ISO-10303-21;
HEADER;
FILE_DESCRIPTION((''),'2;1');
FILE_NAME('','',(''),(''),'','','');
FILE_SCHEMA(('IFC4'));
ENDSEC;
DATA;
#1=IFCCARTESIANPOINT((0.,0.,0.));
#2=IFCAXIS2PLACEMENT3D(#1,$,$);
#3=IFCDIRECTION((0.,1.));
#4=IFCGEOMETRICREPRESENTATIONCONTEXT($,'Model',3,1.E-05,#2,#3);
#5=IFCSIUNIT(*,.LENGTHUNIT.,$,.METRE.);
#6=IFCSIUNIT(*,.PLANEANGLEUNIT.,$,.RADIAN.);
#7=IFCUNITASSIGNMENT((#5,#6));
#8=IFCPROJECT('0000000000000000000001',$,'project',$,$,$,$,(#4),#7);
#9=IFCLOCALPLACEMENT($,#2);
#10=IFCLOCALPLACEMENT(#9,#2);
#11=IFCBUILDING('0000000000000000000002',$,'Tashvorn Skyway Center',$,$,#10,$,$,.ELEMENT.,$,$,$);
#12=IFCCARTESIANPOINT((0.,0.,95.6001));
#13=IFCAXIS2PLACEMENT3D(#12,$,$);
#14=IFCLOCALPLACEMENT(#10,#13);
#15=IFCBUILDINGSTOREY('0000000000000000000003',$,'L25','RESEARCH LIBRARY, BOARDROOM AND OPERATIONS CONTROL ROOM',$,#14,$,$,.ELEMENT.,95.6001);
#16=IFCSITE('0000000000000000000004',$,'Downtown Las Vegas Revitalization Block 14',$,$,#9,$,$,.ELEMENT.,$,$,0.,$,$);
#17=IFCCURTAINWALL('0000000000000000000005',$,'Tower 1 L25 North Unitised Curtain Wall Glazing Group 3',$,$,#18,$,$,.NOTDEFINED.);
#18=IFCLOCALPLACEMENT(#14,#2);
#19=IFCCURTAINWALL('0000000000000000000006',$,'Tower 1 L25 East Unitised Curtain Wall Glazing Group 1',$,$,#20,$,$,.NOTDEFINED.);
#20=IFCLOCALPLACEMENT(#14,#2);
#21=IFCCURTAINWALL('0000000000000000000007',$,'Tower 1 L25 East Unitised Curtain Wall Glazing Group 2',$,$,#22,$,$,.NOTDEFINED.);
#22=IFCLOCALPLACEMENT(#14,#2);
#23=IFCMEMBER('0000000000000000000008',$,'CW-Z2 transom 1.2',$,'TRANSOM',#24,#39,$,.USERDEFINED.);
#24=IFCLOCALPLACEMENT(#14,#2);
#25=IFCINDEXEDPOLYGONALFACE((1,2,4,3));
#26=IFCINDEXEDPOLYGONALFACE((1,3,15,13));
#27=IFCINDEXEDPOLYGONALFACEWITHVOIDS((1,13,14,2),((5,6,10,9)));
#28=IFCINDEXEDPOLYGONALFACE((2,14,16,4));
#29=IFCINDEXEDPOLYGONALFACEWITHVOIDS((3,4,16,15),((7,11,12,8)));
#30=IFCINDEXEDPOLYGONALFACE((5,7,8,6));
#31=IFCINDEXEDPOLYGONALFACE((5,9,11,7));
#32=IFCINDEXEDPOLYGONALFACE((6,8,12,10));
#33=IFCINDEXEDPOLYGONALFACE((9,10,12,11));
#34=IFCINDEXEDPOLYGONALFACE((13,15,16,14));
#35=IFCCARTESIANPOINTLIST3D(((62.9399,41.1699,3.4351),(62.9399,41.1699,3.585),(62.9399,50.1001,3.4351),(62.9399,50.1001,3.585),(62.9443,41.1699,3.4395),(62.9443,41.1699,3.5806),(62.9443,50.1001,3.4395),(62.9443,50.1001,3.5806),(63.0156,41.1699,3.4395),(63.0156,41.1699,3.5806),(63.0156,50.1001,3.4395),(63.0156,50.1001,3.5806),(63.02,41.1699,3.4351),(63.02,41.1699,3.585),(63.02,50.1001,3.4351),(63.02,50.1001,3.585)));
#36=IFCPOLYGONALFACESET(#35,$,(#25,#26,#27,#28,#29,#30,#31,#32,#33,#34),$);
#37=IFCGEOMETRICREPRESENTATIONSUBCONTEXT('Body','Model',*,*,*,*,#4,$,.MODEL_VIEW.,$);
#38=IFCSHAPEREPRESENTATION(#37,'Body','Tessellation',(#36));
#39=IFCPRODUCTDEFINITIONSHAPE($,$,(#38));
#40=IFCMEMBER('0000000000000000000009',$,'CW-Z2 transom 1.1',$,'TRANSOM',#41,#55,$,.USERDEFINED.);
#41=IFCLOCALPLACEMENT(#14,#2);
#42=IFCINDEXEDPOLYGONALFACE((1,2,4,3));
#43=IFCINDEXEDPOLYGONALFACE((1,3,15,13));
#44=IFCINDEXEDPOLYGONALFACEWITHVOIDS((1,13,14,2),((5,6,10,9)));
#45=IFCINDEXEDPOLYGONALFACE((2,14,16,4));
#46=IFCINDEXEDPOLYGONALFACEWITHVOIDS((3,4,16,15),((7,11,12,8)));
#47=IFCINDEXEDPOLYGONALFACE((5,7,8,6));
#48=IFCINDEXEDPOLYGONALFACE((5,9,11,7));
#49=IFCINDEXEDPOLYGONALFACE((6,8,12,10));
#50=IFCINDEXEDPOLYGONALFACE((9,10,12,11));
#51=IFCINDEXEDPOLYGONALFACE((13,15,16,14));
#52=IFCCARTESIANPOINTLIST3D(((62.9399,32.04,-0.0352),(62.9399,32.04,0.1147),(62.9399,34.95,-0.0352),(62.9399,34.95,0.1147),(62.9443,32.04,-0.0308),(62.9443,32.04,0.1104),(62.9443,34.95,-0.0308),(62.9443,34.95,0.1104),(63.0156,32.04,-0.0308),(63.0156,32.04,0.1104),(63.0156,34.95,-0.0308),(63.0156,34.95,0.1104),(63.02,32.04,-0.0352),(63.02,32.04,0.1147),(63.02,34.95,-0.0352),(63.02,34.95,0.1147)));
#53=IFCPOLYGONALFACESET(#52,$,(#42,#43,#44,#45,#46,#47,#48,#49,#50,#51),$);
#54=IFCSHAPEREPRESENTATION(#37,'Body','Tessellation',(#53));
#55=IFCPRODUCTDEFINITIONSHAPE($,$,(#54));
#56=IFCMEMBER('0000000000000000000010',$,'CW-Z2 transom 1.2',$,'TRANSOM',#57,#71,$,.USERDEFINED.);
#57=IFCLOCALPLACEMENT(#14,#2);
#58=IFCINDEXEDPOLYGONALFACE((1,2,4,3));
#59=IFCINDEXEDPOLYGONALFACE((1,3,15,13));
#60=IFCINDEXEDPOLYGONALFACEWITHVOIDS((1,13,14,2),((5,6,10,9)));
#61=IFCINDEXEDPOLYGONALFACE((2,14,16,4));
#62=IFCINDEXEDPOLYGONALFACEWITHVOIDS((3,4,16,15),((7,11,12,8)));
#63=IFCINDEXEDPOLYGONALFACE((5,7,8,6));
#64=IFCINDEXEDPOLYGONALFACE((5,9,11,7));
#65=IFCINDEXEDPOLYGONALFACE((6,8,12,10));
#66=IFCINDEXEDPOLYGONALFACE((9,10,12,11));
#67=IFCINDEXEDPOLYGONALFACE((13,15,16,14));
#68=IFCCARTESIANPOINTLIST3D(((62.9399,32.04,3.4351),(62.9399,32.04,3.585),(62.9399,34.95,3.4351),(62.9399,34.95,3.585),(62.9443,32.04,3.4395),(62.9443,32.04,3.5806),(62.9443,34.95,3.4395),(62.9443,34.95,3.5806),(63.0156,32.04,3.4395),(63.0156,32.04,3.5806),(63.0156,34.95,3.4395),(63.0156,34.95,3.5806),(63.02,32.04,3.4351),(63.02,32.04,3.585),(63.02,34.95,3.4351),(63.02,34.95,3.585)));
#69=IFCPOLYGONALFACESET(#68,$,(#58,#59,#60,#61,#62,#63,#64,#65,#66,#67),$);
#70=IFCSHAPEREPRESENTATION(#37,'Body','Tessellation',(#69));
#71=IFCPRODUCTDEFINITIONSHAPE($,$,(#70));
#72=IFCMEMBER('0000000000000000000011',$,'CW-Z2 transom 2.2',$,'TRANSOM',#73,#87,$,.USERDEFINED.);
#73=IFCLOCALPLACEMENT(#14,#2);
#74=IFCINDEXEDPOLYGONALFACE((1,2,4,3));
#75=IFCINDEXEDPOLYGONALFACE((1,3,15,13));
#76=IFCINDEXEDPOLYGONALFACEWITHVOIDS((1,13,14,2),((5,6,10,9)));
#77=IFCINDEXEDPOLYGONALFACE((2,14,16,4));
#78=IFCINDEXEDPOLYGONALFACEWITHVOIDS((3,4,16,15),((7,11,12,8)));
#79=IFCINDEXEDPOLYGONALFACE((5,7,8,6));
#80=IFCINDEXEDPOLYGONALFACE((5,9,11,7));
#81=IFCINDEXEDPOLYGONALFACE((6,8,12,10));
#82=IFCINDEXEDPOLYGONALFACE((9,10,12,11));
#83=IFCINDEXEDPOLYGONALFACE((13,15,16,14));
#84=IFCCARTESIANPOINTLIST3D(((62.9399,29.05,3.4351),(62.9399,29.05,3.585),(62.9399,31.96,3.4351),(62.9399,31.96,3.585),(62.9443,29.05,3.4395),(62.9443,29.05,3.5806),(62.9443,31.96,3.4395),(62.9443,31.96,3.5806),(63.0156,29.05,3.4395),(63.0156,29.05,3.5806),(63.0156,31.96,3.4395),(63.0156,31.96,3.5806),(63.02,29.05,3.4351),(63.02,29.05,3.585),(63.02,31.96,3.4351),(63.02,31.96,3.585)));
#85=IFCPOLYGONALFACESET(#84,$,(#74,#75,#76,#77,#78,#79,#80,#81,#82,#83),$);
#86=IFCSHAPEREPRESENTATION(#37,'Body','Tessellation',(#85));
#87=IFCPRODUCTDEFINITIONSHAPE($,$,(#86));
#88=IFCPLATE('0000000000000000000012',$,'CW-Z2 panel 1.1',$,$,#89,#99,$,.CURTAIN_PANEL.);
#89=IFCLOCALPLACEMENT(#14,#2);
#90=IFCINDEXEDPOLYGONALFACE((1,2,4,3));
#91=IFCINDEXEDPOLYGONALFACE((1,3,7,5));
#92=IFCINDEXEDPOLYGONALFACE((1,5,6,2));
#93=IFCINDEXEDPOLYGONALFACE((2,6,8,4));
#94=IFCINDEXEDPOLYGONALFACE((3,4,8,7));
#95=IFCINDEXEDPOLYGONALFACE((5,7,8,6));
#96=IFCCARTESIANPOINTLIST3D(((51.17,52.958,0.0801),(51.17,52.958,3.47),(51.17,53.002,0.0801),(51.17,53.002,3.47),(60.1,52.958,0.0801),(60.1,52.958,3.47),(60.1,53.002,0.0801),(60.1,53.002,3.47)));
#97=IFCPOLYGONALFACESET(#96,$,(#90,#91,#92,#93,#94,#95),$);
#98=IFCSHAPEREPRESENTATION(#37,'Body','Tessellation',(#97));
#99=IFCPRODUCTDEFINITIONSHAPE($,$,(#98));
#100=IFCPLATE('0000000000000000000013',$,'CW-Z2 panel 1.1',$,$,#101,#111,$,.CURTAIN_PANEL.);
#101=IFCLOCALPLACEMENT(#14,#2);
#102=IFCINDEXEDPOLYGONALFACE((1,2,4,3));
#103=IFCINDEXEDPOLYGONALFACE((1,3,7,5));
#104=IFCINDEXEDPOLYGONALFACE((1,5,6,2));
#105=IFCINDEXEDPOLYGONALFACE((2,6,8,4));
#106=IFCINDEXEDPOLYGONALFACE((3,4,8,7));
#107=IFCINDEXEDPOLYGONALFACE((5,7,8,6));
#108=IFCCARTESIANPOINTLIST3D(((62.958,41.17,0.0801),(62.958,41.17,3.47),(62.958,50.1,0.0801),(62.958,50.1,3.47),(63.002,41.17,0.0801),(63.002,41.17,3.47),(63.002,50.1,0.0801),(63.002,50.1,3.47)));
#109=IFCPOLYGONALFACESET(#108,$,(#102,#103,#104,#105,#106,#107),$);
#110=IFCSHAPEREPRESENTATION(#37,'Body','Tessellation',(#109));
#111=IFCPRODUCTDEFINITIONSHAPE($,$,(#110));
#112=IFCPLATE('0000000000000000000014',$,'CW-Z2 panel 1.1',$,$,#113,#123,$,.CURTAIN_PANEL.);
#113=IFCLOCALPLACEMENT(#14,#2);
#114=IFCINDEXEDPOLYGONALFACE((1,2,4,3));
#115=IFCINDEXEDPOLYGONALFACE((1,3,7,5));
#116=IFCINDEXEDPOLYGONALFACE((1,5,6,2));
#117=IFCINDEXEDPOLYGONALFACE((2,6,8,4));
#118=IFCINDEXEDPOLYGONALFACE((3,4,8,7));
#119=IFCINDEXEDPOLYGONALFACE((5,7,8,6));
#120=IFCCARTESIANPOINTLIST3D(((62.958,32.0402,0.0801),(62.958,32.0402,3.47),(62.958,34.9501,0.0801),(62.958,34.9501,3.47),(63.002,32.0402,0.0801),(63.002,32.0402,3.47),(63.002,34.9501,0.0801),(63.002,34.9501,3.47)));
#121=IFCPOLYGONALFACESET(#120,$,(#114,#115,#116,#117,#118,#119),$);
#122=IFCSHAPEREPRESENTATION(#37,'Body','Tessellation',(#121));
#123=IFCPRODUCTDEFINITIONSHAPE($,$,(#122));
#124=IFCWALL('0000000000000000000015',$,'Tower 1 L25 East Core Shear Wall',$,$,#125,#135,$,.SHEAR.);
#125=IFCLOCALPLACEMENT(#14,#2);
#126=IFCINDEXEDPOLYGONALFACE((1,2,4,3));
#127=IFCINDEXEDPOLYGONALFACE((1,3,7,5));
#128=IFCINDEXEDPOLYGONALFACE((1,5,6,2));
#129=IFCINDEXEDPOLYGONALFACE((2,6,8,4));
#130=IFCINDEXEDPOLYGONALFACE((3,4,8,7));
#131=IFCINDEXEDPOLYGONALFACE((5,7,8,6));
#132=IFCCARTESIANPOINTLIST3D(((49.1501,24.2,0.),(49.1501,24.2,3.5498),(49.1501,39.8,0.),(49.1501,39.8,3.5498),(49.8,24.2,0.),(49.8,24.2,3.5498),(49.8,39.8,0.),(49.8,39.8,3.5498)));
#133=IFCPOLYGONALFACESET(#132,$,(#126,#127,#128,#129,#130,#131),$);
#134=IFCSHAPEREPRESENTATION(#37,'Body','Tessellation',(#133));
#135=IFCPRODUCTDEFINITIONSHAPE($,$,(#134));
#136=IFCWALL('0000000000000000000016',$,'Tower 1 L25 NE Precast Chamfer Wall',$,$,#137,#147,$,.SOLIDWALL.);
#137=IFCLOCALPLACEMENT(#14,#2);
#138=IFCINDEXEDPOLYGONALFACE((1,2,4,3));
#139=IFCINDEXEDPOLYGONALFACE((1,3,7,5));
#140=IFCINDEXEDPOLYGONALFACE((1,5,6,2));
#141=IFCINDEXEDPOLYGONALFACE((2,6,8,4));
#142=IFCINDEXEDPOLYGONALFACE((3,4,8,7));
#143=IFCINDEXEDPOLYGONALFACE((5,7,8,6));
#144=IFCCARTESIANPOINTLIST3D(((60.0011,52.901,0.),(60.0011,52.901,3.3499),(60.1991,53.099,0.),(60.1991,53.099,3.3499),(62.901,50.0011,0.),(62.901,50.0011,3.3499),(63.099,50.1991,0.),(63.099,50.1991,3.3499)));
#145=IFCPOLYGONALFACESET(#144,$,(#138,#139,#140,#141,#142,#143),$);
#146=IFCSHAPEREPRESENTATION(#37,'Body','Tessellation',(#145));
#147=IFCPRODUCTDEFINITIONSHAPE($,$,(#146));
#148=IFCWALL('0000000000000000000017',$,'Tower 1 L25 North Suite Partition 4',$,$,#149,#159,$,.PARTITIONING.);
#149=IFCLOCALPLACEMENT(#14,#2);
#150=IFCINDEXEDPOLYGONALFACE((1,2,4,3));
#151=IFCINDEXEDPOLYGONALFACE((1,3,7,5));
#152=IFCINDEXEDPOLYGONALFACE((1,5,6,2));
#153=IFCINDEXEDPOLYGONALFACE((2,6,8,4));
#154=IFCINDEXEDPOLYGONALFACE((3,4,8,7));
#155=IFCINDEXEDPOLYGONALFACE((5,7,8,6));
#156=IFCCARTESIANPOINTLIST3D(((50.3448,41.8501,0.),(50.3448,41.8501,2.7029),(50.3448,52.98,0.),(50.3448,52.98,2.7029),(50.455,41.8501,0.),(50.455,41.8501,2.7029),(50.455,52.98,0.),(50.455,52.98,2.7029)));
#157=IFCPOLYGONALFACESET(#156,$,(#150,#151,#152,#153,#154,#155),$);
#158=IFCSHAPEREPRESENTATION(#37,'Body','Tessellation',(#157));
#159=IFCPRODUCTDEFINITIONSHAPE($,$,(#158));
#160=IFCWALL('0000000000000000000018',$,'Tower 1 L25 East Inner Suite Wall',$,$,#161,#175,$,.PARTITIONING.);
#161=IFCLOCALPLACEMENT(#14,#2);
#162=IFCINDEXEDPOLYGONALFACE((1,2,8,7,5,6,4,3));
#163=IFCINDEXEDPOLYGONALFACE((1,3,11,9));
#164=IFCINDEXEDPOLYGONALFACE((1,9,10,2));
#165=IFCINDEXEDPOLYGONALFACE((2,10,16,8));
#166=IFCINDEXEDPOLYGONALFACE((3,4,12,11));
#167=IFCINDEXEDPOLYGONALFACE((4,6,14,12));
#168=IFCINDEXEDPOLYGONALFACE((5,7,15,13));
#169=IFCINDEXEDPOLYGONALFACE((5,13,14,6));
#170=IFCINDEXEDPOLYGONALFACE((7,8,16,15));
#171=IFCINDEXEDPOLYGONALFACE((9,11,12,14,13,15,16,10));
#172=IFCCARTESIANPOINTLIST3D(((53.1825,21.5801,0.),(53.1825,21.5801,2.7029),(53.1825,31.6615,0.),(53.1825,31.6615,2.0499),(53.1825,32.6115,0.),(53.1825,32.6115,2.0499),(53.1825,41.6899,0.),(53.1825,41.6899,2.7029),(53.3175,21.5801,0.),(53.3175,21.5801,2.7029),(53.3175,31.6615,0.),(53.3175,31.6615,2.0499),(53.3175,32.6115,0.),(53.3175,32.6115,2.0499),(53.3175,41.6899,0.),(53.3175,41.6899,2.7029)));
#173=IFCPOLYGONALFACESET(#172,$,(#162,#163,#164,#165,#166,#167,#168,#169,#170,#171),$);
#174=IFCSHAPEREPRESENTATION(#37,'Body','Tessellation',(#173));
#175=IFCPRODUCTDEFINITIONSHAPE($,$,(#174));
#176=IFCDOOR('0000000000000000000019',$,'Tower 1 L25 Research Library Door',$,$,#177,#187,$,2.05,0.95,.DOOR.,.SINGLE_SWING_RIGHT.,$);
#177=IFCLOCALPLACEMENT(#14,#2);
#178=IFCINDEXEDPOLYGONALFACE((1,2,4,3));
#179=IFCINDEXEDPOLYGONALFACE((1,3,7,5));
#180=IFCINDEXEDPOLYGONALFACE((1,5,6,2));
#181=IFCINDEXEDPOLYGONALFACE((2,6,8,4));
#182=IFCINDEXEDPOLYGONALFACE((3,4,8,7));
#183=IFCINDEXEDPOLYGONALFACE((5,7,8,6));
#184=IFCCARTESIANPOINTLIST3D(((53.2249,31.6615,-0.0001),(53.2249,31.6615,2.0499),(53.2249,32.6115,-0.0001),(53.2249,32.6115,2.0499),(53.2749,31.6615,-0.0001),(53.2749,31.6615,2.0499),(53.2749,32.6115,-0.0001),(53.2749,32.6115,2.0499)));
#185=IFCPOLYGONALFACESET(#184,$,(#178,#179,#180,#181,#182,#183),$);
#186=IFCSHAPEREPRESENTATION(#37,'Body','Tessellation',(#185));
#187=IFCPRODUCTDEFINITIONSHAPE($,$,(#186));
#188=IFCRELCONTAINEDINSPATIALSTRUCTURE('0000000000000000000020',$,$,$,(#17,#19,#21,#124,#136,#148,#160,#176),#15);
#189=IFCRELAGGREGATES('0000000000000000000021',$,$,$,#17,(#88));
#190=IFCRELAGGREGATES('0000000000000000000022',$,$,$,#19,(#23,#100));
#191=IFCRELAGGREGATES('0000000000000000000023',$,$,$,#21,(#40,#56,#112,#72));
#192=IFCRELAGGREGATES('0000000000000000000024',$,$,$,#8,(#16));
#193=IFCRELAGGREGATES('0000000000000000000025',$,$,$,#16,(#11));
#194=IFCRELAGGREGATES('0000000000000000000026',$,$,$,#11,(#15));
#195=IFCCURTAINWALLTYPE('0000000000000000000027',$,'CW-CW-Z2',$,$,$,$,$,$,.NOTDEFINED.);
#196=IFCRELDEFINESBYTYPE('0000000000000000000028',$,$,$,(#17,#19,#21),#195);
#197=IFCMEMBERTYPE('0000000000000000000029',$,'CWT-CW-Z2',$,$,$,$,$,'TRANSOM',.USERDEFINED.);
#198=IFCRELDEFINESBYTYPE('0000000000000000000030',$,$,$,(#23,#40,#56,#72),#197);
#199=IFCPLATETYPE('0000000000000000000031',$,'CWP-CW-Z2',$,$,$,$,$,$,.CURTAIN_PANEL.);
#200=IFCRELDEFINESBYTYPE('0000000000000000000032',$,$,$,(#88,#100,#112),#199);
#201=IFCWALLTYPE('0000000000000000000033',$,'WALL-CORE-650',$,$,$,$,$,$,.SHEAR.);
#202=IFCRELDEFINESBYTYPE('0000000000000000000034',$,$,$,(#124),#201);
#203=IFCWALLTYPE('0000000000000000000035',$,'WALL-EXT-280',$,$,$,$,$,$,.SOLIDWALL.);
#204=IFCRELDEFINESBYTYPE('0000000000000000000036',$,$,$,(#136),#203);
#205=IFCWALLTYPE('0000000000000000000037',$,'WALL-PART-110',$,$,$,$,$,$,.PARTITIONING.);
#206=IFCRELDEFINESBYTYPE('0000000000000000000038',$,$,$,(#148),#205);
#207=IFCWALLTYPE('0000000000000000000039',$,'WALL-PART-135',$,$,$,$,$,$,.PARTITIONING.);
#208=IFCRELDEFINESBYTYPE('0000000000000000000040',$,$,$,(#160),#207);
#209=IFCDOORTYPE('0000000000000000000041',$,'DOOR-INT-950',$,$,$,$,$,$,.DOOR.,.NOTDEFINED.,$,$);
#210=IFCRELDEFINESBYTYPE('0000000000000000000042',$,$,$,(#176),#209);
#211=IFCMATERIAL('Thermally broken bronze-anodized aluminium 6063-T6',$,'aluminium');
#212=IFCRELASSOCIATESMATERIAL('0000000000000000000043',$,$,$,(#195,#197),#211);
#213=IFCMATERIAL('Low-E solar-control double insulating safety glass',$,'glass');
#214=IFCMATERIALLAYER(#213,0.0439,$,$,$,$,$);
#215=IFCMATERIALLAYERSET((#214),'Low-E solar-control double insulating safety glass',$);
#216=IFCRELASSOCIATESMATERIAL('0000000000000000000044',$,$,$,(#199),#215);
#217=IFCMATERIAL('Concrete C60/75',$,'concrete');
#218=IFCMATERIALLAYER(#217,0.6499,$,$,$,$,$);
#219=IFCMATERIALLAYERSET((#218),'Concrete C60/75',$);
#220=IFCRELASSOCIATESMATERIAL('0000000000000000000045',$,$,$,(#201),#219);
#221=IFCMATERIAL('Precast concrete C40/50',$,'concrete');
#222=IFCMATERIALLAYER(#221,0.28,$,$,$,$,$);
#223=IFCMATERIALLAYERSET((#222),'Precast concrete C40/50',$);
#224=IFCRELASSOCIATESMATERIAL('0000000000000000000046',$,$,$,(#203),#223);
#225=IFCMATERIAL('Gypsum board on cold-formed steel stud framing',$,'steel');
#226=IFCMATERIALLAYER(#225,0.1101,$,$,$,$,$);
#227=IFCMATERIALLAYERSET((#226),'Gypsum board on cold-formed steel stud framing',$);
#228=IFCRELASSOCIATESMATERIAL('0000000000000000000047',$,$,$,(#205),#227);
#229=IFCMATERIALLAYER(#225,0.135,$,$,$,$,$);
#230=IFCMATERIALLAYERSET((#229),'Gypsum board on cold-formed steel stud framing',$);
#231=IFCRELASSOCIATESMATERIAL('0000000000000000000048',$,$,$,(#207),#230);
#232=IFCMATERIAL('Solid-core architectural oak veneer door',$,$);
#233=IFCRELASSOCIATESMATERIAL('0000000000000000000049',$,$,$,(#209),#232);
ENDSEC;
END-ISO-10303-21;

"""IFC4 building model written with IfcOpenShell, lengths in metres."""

from ifc_helpers import new_model, si_unit, direction, frame, frame_2d, origin, origin_2d, place, context, subcontext, project, spatial, rectangle, hollow_rectangle, extrude, material, layer, layer_set, material_profile, profile_set, type_object, element, fill, aggregate, save


model = new_model("IFC4")

# Units and contexts
model_context = context("Model", 3, precision=1e-05, world=origin(), true_north=direction((0.0, 1.0)))
body_context = subcontext(model_context, "Body", "Model", "MODEL_VIEW")
ifc_project = project(units=[si_unit("LENGTHUNIT", "METRE"), si_unit("PLANEANGLEUNIT", "RADIAN")], contexts=[model_context])

# Site, building, storey
site_placement = place(None, origin())
site = spatial("IfcSite", under=ifc_project, at=site_placement, Name="Downtown Las Vegas Revitalization Block 14", CompositionType="ELEMENT", RefElevation=0.0)
building_placement = place(site_placement, origin())
building = spatial("IfcBuilding", under=site, at=building_placement, Name="Tashvorn Skyway Center", CompositionType="ELEMENT")
storey_placement = place(building_placement, frame((0.0, 0.0, 95.6001)))
storey = spatial("IfcBuildingStorey", under=building, at=storey_placement, Name="L25", Description="RESEARCH LIBRARY, BOARDROOM AND OPERATIONS CONTROL ROOM", CompositionType="ELEMENT", Elevation=95.6001)

# Curtain walls
ifc_material_1 = material(Name="Thermally broken bronze-anodized aluminium 6063-T6", Category="aluminium")
curtain_wall_type = type_object("IfcCurtainWallType", Name="CW-CW-Z2", PredefinedType="NOTDEFINED", material=ifc_material_1)
curtain_wall_1_placement = place(storey_placement, origin())
curtain_wall_1 = element("IfcCurtainWall", 1, at=curtain_wall_1_placement, inside=storey, type_object=curtain_wall_type, Name="Tower 1 L25 North Unitised Curtain Wall Glazing Group 3", PredefinedType="NOTDEFINED")
curtain_wall_2_placement = place(storey_placement, origin())
curtain_wall_2 = element("IfcCurtainWall", 2, at=curtain_wall_2_placement, inside=storey, type_object=curtain_wall_type, Name="Tower 1 L25 East Unitised Curtain Wall Glazing Group 1", PredefinedType="NOTDEFINED")
curtain_wall_3_placement = place(storey_placement, origin())
curtain_wall_3 = element("IfcCurtainWall", 3, at=curtain_wall_3_placement, inside=storey, type_object=curtain_wall_type, Name="Tower 1 L25 East Unitised Curtain Wall Glazing Group 2", PredefinedType="NOTDEFINED")

# Members
ifc_material_profile_1 = material_profile(ifc_material_1, hollow_rectangle(XDim=0.0801, YDim=0.1499, WallThickness=0.0044, at=origin_2d()), Name="ALU-TRAN-80x150")
ifc_profile_set_1 = profile_set([ifc_material_profile_1], Name="Thermally broken bronze-anodized aluminium 6063-T6")
member_type_1 = type_object("IfcMemberType", Name="CWT-CW-Z2", ElementType="TRANSOM", PredefinedType="USERDEFINED", material=ifc_profile_set_1)
member_1_placement = place(storey_placement, frame((62.98, 50.1001, 3.51), z_axis=(0.0, -1.0, 0.0), x_axis=(1.0, 0.0, 0.0)))
member_1 = element("IfcMember", 4, at=member_1_placement, type_object=member_type_1, Name="CW-Z2 transom 1.2", ObjectType="TRANSOM", PredefinedType="USERDEFINED", context=body_context, shape_type="SweptSolid", body=[
    extrude(hollow_rectangle(XDim=0.0801, YDim=0.1499, WallThickness=0.0044, at=origin_2d()), origin(), (0.0, 0.0, 1.0), 8.9302),
])
member_2_placement = place(storey_placement, frame((62.98, 34.95, 0.0398), z_axis=(0.0, -1.0, 0.0), x_axis=(1.0, 0.0, 0.0)))
member_2 = element("IfcMember", 5, at=member_2_placement, type_object=member_type_1, Name="CW-Z2 transom 1.1", ObjectType="TRANSOM", PredefinedType="USERDEFINED", context=body_context, shape_type="SweptSolid", body=[
    extrude(hollow_rectangle(XDim=0.0801, YDim=0.1499, WallThickness=0.0044, at=origin_2d()), origin(), (0.0, 0.0, 1.0), 2.9099),
])
member_3_placement = place(storey_placement, frame((62.98, 34.95, 3.51), z_axis=(0.0, -1.0, 0.0), x_axis=(1.0, 0.0, 0.0)))
member_3 = element("IfcMember", 6, at=member_3_placement, type_object=member_type_1, Name="CW-Z2 transom 1.2", ObjectType="TRANSOM", PredefinedType="USERDEFINED", context=body_context, shape_type="SweptSolid", body=[
    extrude(hollow_rectangle(XDim=0.0801, YDim=0.1499, WallThickness=0.0044, at=origin_2d()), origin(), (0.0, 0.0, 1.0), 2.9099),
])
member_4_placement = place(storey_placement, frame((62.98, 31.96, 3.51), z_axis=(0.0, -1.0, 0.0), x_axis=(1.0, 0.0, 0.0)))
member_4 = element("IfcMember", 7, at=member_4_placement, type_object=member_type_1, Name="CW-Z2 transom 2.2", ObjectType="TRANSOM", PredefinedType="USERDEFINED", context=body_context, shape_type="SweptSolid", body=[
    extrude(hollow_rectangle(XDim=0.0801, YDim=0.1499, WallThickness=0.0044, at=origin_2d()), origin(), (0.0, 0.0, 1.0), 2.9099),
])

# Plates
ifc_material_2 = material(Name="Low-E solar-control double insulating safety glass", Category="glass")
ifc_layer_1 = layer(ifc_material_2, 0.0439)
ifc_layer_set_1 = layer_set([ifc_layer_1], Name="Low-E solar-control double insulating safety glass")
plate_type = type_object("IfcPlateType", Name="CWP-CW-Z2", PredefinedType="CURTAIN_PANEL", material=ifc_layer_set_1)
plate_1_placement = place(storey_placement, frame((55.635, 52.98, 0.0801), z_axis=(0.0, 0.0, 1.0), x_axis=(1.0, 0.0, 0.0)))
plate_1 = element("IfcPlate", 8, at=plate_1_placement, type_object=plate_type, Name="CW-Z2 panel 1.1", PredefinedType="CURTAIN_PANEL", context=body_context, shape_type="SweptSolid", body=[
    extrude(rectangle(XDim=8.9299, YDim=0.0439, at=origin_2d()), origin(), (0.0, 0.0, 1.0), 3.3899),
])
aggregate(curtain_wall_1, [plate_1])
plate_2_placement = place(storey_placement, frame((62.98, 45.635, 0.0801), z_axis=(0.0, 0.0, 1.0), x_axis=(0.0, -1.0, 0.0)))
plate_2 = element("IfcPlate", 9, at=plate_2_placement, type_object=plate_type, Name="CW-Z2 panel 1.1", PredefinedType="CURTAIN_PANEL", context=body_context, shape_type="SweptSolid", body=[
    extrude(rectangle(XDim=8.9299, YDim=0.0439, at=origin_2d()), origin(), (0.0, 0.0, 1.0), 3.3899),
])
aggregate(curtain_wall_2, [member_1, plate_2])
plate_3_placement = place(storey_placement, frame((62.98, 33.4951, 0.0801), z_axis=(0.0, 0.0, 1.0), x_axis=(0.0, -1.0, 0.0)))
plate_3 = element("IfcPlate", 10, at=plate_3_placement, type_object=plate_type, Name="CW-Z2 panel 1.1", PredefinedType="CURTAIN_PANEL", context=body_context, shape_type="SweptSolid", body=[
    extrude(rectangle(XDim=2.9099, YDim=0.0439, at=origin_2d()), origin(), (0.0, 0.0, 1.0), 3.3899),
])
aggregate(curtain_wall_3, [member_2, member_3, plate_3, member_4])

# Walls
ifc_material_3 = material(Name="Concrete C60/75", Category="concrete")
ifc_layer_2 = layer(ifc_material_3, 0.6499)
ifc_layer_set_2 = layer_set([ifc_layer_2], Name="Concrete C60/75")
wall_type_1 = type_object("IfcWallType", Name="WALL-CORE-650", PredefinedType="SHEAR", material=ifc_layer_set_2)
wall_1_placement = place(storey_placement, frame((49.4751, 39.8, 0.0), z_axis=(0.0, 0.0, 1.0), x_axis=(0.0, -1.0, 0.0)))
element("IfcWall", 11, at=wall_1_placement, inside=storey, type_object=wall_type_1, Name="Tower 1 L25 East Core Shear Wall", PredefinedType="SHEAR", context=body_context, shape_type="SweptSolid", body=[
    extrude(rectangle(XDim=15.6001, YDim=0.6499, at=frame_2d((7.8, 0.0))), origin(), (0.0, 0.0, 1.0), 3.5498),
])
ifc_material_4 = material(Name="Precast concrete C40/50", Category="concrete")
ifc_layer_3 = layer(ifc_material_4, 0.28)
ifc_layer_set_3 = layer_set([ifc_layer_3], Name="Precast concrete C40/50")
wall_type_2 = type_object("IfcWallType", Name="WALL-EXT-280", PredefinedType="SOLIDWALL", material=ifc_layer_set_3)
wall_2_placement = place(storey_placement, frame((60.1001, 53.0, 0.0), z_axis=(0.0, 0.0, 1.0), x_axis=(0.707107, -0.707107, 0.0)))
element("IfcWall", 12, at=wall_2_placement, inside=storey, type_object=wall_type_2, Name="Tower 1 L25 NE Precast Chamfer Wall", PredefinedType="SOLIDWALL", context=body_context, shape_type="SweptSolid", body=[
    extrude(rectangle(XDim=4.1011, YDim=0.28, at=frame_2d((2.0505, 0.0))), origin(), (0.0, 0.0, 1.0), 3.3499),
])
ifc_material_5 = material(Name="Gypsum board on cold-formed steel stud framing", Category="steel")
ifc_layer_4 = layer(ifc_material_5, 0.1101)
ifc_layer_set_4 = layer_set([ifc_layer_4], Name="Gypsum board on cold-formed steel stud framing")
wall_type_3 = type_object("IfcWallType", Name="WALL-PART-110", PredefinedType="PARTITIONING", material=ifc_layer_set_4)
wall_3_placement = place(storey_placement, frame((50.3999, 41.8501, 0.0), z_axis=(0.0, 0.0, 1.0), x_axis=(0.0, 1.0, 0.0)))
element("IfcWall", 13, at=wall_3_placement, inside=storey, type_object=wall_type_3, Name="Tower 1 L25 North Suite Partition 4", PredefinedType="PARTITIONING", context=body_context, shape_type="SweptSolid", body=[
    extrude(rectangle(XDim=11.1299, YDim=0.1101, at=frame_2d((5.5649, 0.0))), origin(), (0.0, 0.0, 1.0), 2.7029),
])

# Wall, opening, door
ifc_layer_5 = layer(ifc_material_5, 0.135)
ifc_layer_set_5 = layer_set([ifc_layer_5], Name="Gypsum board on cold-formed steel stud framing")
wall_type_4 = type_object("IfcWallType", Name="WALL-PART-135", PredefinedType="PARTITIONING", material=ifc_layer_set_5)
wall_4_placement = place(storey_placement, frame((53.25, 41.6899, 0.0), z_axis=(0.0, 0.0, 1.0), x_axis=(0.0, -1.0, 0.0)))
wall_4 = element("IfcWall", 14, at=wall_4_placement, inside=storey, type_object=wall_type_4, Name="Tower 1 L25 East Inner Suite Wall", PredefinedType="PARTITIONING", context=body_context, shape_type="SweptSolid", body=[
    extrude(rectangle(XDim=20.1099, YDim=0.135, at=frame_2d((10.0549, 0.0))), origin(), (0.0, 0.0, 1.0), 2.7029),
])
opening_placement = place(wall_4_placement, frame((9.0784, 0.0, 0.0)))
opening = element("IfcOpeningElement", 15, at=opening_placement, cuts=wall_4, PredefinedType="OPENING", context=body_context, shape_type="SweptSolid", body=[
    extrude(rectangle(XDim=0.95, YDim=2.05, at=frame_2d((0.4751, 1.0249))), frame((0.0, 0.0774, 0.0), z_axis=(0.0, -1.0, 0.0), x_axis=(1.0, 0.0, 0.0)), (0.0, 0.0, 1.0), 0.155),
])
ifc_material_6 = material(Name="Solid-core architectural oak veneer door")
door_type = type_object("IfcDoorType", Name="DOOR-INT-950", OperationType="NOTDEFINED", PredefinedType="DOOR", material=ifc_material_6)
door_placement = place(opening_placement, origin())
door = element("IfcDoor", 16, at=door_placement, inside=storey, type_object=door_type, Name="Tower 1 L25 Research Library Door", OperationType="SINGLE_SWING_RIGHT", OverallHeight=2.05, OverallWidth=0.95, PredefinedType="DOOR", context=body_context, shape_type="SweptSolid", body=[
    extrude(rectangle(XDim=0.95, YDim=2.05, at=frame_2d((0.4751, 1.0249))), frame((0.0, 0.0249, 0.0), z_axis=(0.0, -1.0, 0.0), x_axis=(1.0, 0.0, 0.0)), (0.0, 0.0, 1.0), 0.05),
])
fill(opening, door)

save(model, "model.ifc")
